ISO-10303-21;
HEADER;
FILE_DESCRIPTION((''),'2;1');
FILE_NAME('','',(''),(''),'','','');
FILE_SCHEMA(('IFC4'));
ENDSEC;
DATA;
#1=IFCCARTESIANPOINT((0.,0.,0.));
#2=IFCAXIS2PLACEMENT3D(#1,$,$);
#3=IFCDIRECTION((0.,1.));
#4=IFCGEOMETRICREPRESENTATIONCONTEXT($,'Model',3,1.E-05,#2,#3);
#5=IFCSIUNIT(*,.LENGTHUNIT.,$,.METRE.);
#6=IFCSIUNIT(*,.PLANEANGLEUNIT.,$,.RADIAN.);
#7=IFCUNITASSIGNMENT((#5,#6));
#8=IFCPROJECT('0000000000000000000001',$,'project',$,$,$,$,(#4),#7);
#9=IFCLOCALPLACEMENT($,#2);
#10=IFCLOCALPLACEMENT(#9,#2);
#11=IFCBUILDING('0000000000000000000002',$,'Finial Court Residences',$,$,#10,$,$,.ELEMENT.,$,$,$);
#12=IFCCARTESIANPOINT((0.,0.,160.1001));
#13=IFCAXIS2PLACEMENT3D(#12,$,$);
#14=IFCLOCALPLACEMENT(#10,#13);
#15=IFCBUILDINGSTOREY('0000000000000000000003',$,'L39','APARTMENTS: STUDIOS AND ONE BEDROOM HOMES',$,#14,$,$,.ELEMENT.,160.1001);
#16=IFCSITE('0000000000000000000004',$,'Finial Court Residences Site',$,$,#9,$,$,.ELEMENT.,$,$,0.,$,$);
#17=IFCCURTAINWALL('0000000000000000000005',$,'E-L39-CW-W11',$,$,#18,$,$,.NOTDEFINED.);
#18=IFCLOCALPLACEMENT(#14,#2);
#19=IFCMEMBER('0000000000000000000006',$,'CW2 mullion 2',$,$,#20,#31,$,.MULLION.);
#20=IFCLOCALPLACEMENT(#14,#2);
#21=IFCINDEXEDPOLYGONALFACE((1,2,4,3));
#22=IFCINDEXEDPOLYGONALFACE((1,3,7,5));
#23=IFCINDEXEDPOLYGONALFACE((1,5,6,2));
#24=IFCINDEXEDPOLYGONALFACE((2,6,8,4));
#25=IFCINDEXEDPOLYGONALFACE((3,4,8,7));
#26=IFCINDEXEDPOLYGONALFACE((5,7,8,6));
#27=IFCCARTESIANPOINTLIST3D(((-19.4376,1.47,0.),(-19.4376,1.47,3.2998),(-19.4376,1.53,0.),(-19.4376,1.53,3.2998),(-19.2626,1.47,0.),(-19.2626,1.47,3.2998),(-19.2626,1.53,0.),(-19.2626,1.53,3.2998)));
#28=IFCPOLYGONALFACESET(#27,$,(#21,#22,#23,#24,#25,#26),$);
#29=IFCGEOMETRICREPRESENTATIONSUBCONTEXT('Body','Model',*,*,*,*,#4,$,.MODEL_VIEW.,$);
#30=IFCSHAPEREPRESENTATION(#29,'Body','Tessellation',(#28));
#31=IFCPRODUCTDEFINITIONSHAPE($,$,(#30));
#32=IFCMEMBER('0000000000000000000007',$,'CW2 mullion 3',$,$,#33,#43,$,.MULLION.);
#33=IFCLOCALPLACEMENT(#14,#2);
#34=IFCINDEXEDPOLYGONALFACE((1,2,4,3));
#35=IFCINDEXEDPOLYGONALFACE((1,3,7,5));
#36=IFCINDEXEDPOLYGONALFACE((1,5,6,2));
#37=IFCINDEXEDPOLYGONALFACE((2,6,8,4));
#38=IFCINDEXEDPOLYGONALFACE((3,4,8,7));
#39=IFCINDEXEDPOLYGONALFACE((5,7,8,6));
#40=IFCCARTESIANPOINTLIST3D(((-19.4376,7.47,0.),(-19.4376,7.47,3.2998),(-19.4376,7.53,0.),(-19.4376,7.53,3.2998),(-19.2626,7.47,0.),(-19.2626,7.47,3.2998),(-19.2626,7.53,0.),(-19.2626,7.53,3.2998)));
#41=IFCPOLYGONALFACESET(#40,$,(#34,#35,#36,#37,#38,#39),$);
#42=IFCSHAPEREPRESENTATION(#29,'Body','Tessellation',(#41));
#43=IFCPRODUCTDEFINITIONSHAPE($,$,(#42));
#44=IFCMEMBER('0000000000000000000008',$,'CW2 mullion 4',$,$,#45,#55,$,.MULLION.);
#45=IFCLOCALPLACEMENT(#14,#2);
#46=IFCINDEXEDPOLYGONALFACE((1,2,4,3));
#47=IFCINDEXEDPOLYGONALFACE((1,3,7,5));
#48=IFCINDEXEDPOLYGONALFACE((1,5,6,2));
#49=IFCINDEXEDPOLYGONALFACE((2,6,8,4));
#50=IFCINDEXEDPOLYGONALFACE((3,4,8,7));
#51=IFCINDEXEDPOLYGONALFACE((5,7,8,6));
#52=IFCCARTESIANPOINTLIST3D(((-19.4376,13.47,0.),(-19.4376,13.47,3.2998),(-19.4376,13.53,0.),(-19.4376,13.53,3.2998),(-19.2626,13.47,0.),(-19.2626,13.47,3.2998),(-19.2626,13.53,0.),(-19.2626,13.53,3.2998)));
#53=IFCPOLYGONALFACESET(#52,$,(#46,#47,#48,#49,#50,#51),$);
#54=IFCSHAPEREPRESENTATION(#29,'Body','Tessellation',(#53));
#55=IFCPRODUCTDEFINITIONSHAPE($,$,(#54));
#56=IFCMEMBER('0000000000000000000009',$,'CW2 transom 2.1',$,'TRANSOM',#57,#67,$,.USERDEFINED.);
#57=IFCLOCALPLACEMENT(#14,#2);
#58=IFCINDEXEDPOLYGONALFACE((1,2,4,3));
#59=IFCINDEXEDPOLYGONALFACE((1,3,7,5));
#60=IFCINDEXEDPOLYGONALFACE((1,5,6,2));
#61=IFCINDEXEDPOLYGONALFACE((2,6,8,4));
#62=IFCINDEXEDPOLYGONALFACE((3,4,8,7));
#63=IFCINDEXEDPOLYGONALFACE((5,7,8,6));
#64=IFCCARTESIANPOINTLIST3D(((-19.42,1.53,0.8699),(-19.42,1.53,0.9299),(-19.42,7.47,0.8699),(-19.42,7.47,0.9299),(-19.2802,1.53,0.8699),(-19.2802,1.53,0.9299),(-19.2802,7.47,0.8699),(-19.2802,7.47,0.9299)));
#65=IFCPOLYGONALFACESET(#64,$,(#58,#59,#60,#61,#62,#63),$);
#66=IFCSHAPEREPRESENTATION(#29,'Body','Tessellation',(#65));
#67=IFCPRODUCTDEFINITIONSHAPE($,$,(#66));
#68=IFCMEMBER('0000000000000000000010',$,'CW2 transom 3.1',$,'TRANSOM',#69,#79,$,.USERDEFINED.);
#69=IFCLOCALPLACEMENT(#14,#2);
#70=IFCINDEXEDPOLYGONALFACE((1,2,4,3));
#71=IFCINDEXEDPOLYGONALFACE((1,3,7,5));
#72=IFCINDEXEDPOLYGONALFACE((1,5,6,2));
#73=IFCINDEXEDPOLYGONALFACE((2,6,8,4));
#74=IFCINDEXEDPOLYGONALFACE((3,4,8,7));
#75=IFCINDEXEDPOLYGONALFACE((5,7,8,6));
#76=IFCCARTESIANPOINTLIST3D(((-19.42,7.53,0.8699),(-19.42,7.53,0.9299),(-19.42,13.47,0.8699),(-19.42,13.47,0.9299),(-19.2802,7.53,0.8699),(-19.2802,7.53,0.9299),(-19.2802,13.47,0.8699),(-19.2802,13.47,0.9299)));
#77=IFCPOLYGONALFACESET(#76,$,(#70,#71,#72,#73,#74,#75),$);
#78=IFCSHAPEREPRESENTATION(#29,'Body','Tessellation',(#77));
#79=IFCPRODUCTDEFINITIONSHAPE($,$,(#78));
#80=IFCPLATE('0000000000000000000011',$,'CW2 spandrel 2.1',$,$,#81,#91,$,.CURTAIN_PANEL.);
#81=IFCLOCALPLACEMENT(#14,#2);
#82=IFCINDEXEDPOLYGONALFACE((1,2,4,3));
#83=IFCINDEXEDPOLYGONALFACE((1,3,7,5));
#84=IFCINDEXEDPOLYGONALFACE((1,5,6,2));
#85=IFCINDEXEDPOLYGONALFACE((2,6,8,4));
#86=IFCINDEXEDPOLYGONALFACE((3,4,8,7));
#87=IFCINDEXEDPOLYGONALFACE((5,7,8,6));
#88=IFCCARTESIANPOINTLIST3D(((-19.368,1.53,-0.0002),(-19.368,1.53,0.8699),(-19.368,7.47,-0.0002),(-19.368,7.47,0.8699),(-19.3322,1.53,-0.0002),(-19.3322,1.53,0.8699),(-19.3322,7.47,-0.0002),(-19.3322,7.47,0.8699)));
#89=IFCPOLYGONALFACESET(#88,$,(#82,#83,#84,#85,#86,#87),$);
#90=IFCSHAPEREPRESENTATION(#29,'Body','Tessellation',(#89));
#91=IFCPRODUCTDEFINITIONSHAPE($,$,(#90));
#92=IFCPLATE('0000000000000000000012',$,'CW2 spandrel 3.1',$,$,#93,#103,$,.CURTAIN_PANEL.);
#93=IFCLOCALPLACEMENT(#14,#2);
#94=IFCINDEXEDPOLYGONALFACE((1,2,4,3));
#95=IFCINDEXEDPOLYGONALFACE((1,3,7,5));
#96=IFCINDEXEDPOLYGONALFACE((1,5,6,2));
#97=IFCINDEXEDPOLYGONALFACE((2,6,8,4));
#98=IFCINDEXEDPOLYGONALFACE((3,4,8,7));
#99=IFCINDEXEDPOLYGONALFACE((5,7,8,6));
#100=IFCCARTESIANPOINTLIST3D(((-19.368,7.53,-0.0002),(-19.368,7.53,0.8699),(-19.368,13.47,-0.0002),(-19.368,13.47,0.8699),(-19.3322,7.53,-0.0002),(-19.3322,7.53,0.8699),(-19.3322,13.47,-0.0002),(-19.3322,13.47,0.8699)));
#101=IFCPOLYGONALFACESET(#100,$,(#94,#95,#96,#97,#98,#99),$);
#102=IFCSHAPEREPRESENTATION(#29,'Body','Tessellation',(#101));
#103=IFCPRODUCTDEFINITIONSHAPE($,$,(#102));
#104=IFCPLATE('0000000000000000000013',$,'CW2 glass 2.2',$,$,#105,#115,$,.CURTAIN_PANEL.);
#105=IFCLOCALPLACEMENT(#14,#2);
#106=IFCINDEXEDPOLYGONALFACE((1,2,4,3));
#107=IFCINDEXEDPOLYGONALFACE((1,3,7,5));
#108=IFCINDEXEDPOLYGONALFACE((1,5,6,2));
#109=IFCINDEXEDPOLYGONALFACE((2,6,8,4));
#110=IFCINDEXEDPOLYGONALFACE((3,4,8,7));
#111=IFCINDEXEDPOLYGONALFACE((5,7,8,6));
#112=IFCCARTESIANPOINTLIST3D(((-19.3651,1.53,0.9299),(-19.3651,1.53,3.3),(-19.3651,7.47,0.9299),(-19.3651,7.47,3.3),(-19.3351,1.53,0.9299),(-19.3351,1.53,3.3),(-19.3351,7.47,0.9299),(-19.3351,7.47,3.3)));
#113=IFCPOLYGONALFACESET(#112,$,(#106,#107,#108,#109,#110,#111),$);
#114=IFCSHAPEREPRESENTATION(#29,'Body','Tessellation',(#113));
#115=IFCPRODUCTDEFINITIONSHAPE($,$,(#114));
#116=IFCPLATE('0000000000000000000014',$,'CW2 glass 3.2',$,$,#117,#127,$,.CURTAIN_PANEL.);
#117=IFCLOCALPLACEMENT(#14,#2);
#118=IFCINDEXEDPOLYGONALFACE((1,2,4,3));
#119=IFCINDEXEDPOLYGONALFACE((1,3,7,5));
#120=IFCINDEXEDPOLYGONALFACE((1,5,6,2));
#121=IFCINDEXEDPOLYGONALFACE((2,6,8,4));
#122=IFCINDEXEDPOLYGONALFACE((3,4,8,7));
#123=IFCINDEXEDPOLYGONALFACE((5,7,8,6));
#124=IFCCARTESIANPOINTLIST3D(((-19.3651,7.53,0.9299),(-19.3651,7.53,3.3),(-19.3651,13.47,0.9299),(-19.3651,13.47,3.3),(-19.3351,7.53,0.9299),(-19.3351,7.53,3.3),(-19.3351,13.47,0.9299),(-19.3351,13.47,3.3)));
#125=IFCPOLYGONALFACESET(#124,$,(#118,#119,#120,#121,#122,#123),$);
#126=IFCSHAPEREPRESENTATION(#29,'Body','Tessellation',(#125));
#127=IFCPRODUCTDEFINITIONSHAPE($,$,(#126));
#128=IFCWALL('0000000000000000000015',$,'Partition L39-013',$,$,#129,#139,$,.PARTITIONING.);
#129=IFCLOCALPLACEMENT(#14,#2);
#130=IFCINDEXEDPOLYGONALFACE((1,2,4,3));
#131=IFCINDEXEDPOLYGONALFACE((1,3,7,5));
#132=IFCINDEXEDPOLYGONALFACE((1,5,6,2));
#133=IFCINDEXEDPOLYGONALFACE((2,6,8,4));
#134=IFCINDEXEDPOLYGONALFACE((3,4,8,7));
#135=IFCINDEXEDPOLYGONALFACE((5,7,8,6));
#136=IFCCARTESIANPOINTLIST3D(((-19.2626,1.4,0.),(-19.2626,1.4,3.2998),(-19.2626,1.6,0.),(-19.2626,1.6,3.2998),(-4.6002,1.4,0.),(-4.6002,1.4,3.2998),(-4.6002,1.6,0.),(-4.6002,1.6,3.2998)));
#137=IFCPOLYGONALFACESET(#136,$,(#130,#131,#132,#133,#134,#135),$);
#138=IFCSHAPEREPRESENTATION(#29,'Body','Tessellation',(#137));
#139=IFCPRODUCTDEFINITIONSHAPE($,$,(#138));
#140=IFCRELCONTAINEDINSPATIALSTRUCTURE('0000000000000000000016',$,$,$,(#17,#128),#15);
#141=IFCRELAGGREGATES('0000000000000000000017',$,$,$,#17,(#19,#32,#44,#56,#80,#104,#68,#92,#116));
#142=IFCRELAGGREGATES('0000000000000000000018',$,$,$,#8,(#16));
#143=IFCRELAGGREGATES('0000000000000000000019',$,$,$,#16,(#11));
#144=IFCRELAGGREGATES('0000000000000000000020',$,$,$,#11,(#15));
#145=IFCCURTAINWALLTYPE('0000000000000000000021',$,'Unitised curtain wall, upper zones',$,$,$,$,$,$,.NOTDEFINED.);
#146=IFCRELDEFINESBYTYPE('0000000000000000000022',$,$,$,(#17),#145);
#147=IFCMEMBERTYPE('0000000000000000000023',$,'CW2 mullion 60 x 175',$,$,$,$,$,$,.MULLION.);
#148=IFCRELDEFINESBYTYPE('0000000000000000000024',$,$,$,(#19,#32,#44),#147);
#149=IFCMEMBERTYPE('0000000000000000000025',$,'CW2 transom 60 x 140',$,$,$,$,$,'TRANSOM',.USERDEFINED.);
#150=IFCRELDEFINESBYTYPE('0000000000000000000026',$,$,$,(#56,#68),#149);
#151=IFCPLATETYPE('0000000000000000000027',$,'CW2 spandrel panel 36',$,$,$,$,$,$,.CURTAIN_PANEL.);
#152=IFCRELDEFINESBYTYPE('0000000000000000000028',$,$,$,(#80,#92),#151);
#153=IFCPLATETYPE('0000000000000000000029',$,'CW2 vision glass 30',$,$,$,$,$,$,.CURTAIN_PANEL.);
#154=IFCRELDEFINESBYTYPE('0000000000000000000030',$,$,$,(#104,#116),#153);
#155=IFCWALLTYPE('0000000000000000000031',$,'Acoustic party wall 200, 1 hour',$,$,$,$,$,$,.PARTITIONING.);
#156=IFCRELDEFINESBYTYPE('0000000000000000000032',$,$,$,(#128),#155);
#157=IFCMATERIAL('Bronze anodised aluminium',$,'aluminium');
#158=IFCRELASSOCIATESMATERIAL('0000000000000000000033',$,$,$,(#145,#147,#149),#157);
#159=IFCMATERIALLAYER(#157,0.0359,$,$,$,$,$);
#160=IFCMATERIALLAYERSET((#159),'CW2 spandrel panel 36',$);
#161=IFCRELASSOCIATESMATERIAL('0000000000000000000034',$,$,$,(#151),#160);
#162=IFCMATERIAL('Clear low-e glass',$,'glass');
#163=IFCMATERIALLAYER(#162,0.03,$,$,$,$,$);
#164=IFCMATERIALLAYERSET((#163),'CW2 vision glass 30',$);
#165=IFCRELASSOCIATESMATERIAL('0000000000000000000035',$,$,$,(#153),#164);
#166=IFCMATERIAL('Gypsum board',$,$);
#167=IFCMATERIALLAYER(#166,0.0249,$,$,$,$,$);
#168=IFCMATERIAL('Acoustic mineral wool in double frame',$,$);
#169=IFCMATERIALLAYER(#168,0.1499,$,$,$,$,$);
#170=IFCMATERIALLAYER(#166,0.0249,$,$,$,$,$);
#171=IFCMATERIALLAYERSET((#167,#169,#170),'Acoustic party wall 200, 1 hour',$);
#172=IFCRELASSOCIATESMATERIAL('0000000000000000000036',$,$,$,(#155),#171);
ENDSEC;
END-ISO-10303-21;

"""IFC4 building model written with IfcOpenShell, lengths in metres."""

from ifc_helpers import new_model, si_unit, direction, frame, frame_2d, origin, origin_2d, place, context, subcontext, project, spatial, rectangle, extrude, material, layer, layer_set, material_profile, profile_set, type_object, element, aggregate, save


model = new_model("IFC4")

# Units and contexts
model_context = context("Model", 3, precision=1e-05, world=origin(), true_north=direction((0.0, 1.0)))
body_context = subcontext(model_context, "Body", "Model", "MODEL_VIEW")
ifc_project = project(units=[si_unit("LENGTHUNIT", "METRE"), si_unit("PLANEANGLEUNIT", "RADIAN")], contexts=[model_context])

# Site, building, storey
site_placement = place(None, origin())
site = spatial("IfcSite", under=ifc_project, at=site_placement, Name="Finial Court Residences Site", CompositionType="ELEMENT", RefElevation=0.0)
building_placement = place(site_placement, origin())
building = spatial("IfcBuilding", under=site, at=building_placement, Name="Finial Court Residences", CompositionType="ELEMENT")
storey_placement = place(building_placement, frame((0.0, 0.0, 160.1001)))
storey = spatial("IfcBuildingStorey", under=building, at=storey_placement, Name="L39", Description="APARTMENTS: STUDIOS AND ONE BEDROOM HOMES", CompositionType="ELEMENT", Elevation=160.1001)

# Curtain wall, members, plates
ifc_material_1 = material(Name="Bronze anodised aluminium", Category="aluminium")
curtain_wall_type = type_object("IfcCurtainWallType", Name="Unitised curtain wall, upper zones", PredefinedType="NOTDEFINED", material=ifc_material_1)
curtain_wall_placement = place(storey_placement, origin())
curtain_wall = element("IfcCurtainWall", 1, at=curtain_wall_placement, inside=storey, type_object=curtain_wall_type, Name="E-L39-CW-W11", PredefinedType="NOTDEFINED")
ifc_material_profile_1 = material_profile(ifc_material_1, rectangle(XDim=0.175, YDim=0.0601, at=origin_2d()), Name="CW2 mullion 60 x 175")
ifc_profile_set_1 = profile_set([ifc_material_profile_1], Name="Bronze anodised aluminium")
member_type_1 = type_object("IfcMemberType", Name="CW2 mullion 60 x 175", PredefinedType="MULLION", material=ifc_profile_set_1)
member_1_placement = place(storey_placement, frame((-19.3501, 1.5, 0.0), z_axis=(0.0, 0.0, 1.0), x_axis=(-1.0, 0.0, 0.0)))
member_1 = element("IfcMember", 2, at=member_1_placement, type_object=member_type_1, Name="CW2 mullion 2", PredefinedType="MULLION", context=body_context, shape_type="SweptSolid", body=[
    extrude(rectangle(XDim=0.175, YDim=0.0601, at=origin_2d()), origin(), (0.0, 0.0, 1.0), 3.2998),
])
member_2_placement = place(storey_placement, frame((-19.3501, 7.5, 0.0), z_axis=(0.0, 0.0, 1.0), x_axis=(-1.0, 0.0, 0.0)))
member_2 = element("IfcMember", 3, at=member_2_placement, type_object=member_type_1, Name="CW2 mullion 3", PredefinedType="MULLION", context=body_context, shape_type="SweptSolid", body=[
    extrude(rectangle(XDim=0.175, YDim=0.0601, at=origin_2d()), origin(), (0.0, 0.0, 1.0), 3.2998),
])
member_3_placement = place(storey_placement, frame((-19.3501, 13.5, 0.0), z_axis=(0.0, 0.0, 1.0), x_axis=(-1.0, 0.0, 0.0)))
member_3 = element("IfcMember", 4, at=member_3_placement, type_object=member_type_1, Name="CW2 mullion 4", PredefinedType="MULLION", context=body_context, shape_type="SweptSolid", body=[
    extrude(rectangle(XDim=0.175, YDim=0.0601, at=origin_2d()), origin(), (0.0, 0.0, 1.0), 3.2998),
])
ifc_material_profile_2 = material_profile(ifc_material_1, rectangle(XDim=0.1399, YDim=0.0601, at=origin_2d()), Name="CW2 transom 60 x 140")
ifc_profile_set_2 = profile_set([ifc_material_profile_2], Name="Bronze anodised aluminium")
member_type_2 = type_object("IfcMemberType", Name="CW2 transom 60 x 140", ElementType="TRANSOM", PredefinedType="USERDEFINED", material=ifc_profile_set_2)
member_4_placement = place(storey_placement, frame((-19.3501, 1.53, 0.8999), z_axis=(0.0, 1.0, 0.0), x_axis=(-1.0, 0.0, 0.0)))
member_4 = element("IfcMember", 5, at=member_4_placement, type_object=member_type_2, Name="CW2 transom 2.1", ObjectType="TRANSOM", PredefinedType="USERDEFINED", context=body_context, shape_type="SweptSolid", body=[
    extrude(rectangle(XDim=0.1399, YDim=0.0601, at=origin_2d()), origin(), (0.0, 0.0, 1.0), 5.9399),
])
member_5_placement = place(storey_placement, frame((-19.3501, 7.53, 0.8999), z_axis=(0.0, 1.0, 0.0), x_axis=(-1.0, 0.0, 0.0)))
member_5 = element("IfcMember", 6, at=member_5_placement, type_object=member_type_2, Name="CW2 transom 3.1", ObjectType="TRANSOM", PredefinedType="USERDEFINED", context=body_context, shape_type="SweptSolid", body=[
    extrude(rectangle(XDim=0.1399, YDim=0.0601, at=origin_2d()), origin(), (0.0, 0.0, 1.0), 5.9399),
])
ifc_layer_1 = layer(ifc_material_1, 0.0359)
ifc_layer_set_1 = layer_set([ifc_layer_1], Name="CW2 spandrel panel 36")
plate_type_1 = type_object("IfcPlateType", Name="CW2 spandrel panel 36", PredefinedType="CURTAIN_PANEL", material=ifc_layer_set_1)
plate_1_placement = place(storey_placement, frame((-19.3501, 4.5, -0.0002), z_axis=(0.0, 0.0, 1.0), x_axis=(0.0, 1.0, 0.0)))
plate_1 = element("IfcPlate", 7, at=plate_1_placement, type_object=plate_type_1, Name="CW2 spandrel 2.1", PredefinedType="CURTAIN_PANEL", context=body_context, shape_type="SweptSolid", body=[
    extrude(rectangle(XDim=5.9399, YDim=0.0359, at=origin_2d()), origin(), (0.0, 0.0, 1.0), 0.8701),
])
plate_2_placement = place(storey_placement, frame((-19.3501, 10.5, -0.0002), z_axis=(0.0, 0.0, 1.0), x_axis=(0.0, 1.0, 0.0)))
plate_2 = element("IfcPlate", 8, at=plate_2_placement, type_object=plate_type_1, Name="CW2 spandrel 3.1", PredefinedType="CURTAIN_PANEL", context=body_context, shape_type="SweptSolid", body=[
    extrude(rectangle(XDim=5.9399, YDim=0.0359, at=origin_2d()), origin(), (0.0, 0.0, 1.0), 0.8701),
])
ifc_material_2 = material(Name="Clear low-e glass", Category="glass")
ifc_layer_2 = layer(ifc_material_2, 0.03)
ifc_layer_set_2 = layer_set([ifc_layer_2], Name="CW2 vision glass 30")
plate_type_2 = type_object("IfcPlateType", Name="CW2 vision glass 30", PredefinedType="CURTAIN_PANEL", material=ifc_layer_set_2)
plate_3_placement = place(storey_placement, frame((-19.3501, 4.5, 0.9299), z_axis=(0.0, 0.0, 1.0), x_axis=(0.0, 1.0, 0.0)))
plate_3 = element("IfcPlate", 9, at=plate_3_placement, type_object=plate_type_2, Name="CW2 glass 2.2", PredefinedType="CURTAIN_PANEL", context=body_context, shape_type="SweptSolid", body=[
    extrude(rectangle(XDim=5.9399, YDim=0.03, at=origin_2d()), origin(), (0.0, 0.0, 1.0), 2.3701),
])
plate_4_placement = place(storey_placement, frame((-19.3501, 10.5, 0.9299), z_axis=(0.0, 0.0, 1.0), x_axis=(0.0, 1.0, 0.0)))
plate_4 = element("IfcPlate", 10, at=plate_4_placement, type_object=plate_type_2, Name="CW2 glass 3.2", PredefinedType="CURTAIN_PANEL", context=body_context, shape_type="SweptSolid", body=[
    extrude(rectangle(XDim=5.9399, YDim=0.03, at=origin_2d()), origin(), (0.0, 0.0, 1.0), 2.3701),
])
aggregate(curtain_wall, [member_1, member_2, member_3, member_4, plate_1, plate_3, member_5, plate_2, plate_4])

# Wall
ifc_material_3 = material(Name="Gypsum board")
ifc_layer_3 = layer(ifc_material_3, 0.0249)
ifc_material_4 = material(Name="Acoustic mineral wool in double frame")
ifc_layer_4 = layer(ifc_material_4, 0.1499)
ifc_layer_5 = layer(ifc_material_3, 0.0249)
ifc_layer_set_3 = layer_set([ifc_layer_3, ifc_layer_4, ifc_layer_5], Name="Acoustic party wall 200, 1 hour")
wall_type_1 = type_object("IfcWallType", Name="Acoustic party wall 200, 1 hour", PredefinedType="PARTITIONING", material=ifc_layer_set_3)
wall_1_placement = place(storey_placement, frame((-19.2625, 1.5, 0.0), z_axis=(0.0, 0.0, 1.0), x_axis=(1.0, 0.0, 0.0)))
element("IfcWall", 11, at=wall_1_placement, inside=storey, type_object=wall_type_1, Name="Partition L39-013", PredefinedType="PARTITIONING", context=body_context, shape_type="SweptSolid", body=[
    extrude(rectangle(XDim=14.6624, YDim=0.2, at=frame_2d((7.3311, 0.0))), origin(), (0.0, 0.0, 1.0), 3.2998),
])

save(model, "model.ifc")
